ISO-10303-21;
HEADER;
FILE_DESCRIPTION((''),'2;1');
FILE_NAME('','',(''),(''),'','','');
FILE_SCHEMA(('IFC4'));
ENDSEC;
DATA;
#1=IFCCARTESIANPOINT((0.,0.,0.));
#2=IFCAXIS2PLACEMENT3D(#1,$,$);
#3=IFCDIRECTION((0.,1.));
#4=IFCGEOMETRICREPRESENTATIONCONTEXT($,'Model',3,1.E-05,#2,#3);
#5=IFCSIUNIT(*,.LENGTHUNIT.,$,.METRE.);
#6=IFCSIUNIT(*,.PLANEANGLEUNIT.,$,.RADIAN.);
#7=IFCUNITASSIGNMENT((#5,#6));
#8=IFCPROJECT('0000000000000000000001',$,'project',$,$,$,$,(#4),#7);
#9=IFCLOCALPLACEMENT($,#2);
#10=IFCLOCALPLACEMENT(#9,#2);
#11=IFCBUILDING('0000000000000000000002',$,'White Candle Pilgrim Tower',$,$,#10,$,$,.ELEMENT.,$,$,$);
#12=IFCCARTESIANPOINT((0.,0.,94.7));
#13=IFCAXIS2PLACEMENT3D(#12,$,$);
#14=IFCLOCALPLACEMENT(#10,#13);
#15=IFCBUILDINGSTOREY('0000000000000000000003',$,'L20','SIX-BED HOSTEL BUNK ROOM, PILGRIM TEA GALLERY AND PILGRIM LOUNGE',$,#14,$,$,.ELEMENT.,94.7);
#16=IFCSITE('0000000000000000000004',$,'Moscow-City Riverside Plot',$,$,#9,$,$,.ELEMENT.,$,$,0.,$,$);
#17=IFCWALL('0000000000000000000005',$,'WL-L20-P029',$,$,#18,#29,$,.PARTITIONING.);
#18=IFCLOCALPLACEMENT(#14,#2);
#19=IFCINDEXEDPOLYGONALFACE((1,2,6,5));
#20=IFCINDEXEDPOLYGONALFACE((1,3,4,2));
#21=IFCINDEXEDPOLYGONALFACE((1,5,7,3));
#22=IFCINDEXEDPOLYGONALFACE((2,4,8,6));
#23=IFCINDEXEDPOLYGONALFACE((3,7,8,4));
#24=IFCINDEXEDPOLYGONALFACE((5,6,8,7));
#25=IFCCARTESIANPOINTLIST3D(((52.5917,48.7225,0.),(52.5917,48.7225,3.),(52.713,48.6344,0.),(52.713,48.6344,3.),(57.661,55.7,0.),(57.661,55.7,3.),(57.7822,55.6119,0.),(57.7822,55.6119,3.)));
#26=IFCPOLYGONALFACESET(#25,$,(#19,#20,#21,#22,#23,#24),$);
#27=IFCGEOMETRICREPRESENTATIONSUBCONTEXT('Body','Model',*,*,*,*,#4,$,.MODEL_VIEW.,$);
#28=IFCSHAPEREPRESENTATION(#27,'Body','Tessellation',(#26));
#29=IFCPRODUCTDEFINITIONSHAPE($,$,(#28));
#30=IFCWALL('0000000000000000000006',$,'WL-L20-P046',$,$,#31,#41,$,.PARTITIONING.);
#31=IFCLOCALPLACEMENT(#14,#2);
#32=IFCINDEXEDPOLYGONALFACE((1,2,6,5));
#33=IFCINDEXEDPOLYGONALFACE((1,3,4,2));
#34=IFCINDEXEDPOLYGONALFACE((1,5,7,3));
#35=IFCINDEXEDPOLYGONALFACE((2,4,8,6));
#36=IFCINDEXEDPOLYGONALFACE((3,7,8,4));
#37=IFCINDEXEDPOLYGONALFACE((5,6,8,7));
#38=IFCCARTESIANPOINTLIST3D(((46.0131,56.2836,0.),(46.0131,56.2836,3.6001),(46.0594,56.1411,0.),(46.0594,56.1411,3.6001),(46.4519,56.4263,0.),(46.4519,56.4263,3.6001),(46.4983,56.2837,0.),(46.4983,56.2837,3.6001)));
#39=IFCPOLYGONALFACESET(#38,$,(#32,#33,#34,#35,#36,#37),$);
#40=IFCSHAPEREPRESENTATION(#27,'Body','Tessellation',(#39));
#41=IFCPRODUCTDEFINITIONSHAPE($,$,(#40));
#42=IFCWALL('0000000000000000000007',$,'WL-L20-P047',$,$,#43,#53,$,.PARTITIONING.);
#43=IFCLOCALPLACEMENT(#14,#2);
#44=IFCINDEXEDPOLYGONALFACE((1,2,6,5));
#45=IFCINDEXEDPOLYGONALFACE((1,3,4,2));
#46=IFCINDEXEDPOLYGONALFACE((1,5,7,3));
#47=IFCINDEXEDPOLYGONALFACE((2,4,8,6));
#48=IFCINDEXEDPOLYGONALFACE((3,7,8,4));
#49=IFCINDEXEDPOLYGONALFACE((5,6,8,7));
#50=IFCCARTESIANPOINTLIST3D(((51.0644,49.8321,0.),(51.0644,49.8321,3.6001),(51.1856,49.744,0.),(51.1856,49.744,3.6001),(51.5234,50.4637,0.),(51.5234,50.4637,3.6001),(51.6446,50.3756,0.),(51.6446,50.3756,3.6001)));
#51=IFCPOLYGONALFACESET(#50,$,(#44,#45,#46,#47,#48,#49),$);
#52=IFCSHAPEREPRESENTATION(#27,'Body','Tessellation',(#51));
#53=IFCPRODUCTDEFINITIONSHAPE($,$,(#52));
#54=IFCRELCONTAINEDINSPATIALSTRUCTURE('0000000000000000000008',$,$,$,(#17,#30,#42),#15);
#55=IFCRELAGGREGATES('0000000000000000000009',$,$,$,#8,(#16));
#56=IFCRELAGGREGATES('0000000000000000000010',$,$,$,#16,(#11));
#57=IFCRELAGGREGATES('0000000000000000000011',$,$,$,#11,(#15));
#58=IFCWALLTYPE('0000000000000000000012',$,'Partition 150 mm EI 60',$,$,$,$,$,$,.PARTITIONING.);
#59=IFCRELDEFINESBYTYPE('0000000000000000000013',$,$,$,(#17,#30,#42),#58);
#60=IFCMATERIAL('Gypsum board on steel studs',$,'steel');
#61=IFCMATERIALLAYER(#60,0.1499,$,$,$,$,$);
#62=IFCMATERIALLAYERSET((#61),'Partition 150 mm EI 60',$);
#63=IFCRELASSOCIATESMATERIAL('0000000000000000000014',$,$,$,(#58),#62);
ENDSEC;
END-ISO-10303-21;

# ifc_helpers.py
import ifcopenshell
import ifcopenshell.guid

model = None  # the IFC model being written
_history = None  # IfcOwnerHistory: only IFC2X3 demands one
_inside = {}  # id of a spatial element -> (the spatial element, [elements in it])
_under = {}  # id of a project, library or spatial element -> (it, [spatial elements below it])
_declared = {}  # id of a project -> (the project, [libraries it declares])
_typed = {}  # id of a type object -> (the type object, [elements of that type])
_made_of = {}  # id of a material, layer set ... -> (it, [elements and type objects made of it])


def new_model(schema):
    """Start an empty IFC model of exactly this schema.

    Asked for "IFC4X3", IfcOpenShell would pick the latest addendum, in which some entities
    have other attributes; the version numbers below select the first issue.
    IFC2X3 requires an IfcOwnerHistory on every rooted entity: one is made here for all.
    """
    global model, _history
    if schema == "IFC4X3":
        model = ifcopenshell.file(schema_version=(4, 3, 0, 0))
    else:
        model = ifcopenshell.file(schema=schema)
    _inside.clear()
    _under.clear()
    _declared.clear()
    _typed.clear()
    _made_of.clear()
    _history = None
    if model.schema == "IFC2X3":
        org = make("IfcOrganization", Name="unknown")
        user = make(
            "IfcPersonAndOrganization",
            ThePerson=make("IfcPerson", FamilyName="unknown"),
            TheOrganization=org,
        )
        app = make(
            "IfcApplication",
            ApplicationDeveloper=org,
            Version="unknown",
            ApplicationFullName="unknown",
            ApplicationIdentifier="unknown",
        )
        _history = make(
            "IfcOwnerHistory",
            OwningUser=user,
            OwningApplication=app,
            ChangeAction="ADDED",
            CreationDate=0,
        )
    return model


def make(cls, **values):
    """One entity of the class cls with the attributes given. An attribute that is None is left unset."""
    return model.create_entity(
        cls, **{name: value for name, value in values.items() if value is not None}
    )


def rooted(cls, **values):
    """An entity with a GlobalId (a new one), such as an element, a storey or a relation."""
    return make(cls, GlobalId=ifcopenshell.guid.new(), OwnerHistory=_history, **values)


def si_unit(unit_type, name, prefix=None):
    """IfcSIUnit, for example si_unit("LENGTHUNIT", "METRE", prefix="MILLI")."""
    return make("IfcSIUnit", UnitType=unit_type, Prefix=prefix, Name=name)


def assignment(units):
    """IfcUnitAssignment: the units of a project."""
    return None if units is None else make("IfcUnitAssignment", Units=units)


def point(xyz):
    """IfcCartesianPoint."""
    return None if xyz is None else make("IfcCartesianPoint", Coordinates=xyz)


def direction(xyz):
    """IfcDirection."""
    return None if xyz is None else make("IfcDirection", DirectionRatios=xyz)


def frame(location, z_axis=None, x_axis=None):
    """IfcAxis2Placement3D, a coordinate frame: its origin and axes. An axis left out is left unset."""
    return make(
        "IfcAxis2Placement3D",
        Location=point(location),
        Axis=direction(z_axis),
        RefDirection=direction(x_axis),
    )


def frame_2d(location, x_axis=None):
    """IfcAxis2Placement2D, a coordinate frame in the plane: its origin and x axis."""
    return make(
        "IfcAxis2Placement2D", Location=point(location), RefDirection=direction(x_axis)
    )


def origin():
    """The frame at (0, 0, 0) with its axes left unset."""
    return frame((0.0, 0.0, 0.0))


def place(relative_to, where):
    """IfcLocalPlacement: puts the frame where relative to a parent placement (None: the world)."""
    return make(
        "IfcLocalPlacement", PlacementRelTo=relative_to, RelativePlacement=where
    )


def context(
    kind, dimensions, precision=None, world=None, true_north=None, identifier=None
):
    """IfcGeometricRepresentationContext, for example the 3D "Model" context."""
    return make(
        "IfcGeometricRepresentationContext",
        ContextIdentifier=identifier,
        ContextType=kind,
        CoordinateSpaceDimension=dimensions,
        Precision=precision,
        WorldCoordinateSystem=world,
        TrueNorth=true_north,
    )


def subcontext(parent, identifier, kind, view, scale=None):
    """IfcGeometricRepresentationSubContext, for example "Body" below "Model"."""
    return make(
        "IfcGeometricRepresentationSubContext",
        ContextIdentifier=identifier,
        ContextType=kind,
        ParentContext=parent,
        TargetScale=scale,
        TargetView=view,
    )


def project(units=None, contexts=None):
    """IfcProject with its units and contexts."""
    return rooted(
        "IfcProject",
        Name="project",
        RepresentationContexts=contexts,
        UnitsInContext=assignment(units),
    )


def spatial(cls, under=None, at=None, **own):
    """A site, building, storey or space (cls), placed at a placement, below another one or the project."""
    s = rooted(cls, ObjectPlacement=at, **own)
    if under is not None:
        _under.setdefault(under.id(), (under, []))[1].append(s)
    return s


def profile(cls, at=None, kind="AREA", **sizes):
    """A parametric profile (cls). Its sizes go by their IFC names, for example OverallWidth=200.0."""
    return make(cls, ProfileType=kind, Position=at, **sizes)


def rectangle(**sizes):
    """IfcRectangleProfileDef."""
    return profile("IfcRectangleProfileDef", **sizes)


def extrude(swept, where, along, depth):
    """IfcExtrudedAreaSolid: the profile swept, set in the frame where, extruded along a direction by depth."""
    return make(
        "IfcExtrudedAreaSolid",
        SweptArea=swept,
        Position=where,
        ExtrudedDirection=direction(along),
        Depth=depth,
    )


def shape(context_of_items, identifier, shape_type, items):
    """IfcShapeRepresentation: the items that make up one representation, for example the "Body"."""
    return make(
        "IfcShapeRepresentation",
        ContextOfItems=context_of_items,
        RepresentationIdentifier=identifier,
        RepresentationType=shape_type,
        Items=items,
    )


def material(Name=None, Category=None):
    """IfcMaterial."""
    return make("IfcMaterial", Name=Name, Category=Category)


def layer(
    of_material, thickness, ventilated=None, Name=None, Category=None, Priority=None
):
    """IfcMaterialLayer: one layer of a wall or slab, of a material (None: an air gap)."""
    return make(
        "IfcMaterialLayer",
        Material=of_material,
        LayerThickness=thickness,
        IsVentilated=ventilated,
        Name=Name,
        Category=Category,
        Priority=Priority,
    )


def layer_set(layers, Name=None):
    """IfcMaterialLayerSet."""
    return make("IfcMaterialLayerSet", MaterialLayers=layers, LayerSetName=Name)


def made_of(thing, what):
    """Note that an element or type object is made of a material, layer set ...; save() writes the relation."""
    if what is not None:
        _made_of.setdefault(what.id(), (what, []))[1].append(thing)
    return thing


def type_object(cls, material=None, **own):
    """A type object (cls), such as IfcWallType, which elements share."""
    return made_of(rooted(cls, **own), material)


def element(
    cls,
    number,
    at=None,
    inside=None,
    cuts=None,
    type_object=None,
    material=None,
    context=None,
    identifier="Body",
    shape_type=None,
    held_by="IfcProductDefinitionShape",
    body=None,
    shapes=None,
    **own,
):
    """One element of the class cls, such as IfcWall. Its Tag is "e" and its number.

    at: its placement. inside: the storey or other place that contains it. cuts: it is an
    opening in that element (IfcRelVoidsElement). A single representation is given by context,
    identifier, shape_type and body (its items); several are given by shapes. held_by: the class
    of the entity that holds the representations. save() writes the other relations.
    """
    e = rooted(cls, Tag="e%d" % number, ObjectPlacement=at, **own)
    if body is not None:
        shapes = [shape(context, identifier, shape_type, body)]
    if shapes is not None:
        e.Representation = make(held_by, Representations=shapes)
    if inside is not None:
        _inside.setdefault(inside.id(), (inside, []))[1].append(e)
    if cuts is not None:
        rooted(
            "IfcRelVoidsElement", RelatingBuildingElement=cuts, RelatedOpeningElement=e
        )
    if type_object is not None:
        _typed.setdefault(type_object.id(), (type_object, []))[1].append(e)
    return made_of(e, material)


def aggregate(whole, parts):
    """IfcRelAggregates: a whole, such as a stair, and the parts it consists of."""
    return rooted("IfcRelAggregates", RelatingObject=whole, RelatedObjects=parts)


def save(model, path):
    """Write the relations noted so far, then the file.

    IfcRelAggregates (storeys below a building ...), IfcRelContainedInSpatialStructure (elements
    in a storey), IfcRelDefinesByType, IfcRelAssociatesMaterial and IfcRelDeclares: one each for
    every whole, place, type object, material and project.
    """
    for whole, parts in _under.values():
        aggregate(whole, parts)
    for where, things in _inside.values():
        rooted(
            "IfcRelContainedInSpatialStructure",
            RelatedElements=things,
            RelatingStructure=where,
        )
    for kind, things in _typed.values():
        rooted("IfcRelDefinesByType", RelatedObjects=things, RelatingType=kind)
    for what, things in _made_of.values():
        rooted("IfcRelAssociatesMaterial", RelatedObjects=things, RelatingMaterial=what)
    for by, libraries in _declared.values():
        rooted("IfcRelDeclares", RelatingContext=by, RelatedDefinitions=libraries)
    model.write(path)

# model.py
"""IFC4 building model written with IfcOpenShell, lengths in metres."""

from ifc_helpers import new_model, si_unit, direction, frame, frame_2d, origin, place, context, subcontext, project, spatial, rectangle, extrude, material, layer, layer_set, type_object, element, save


model = new_model("IFC4")

# Units and contexts
model_context = context("Model", 3, precision=1e-05, world=origin(), true_north=direction((0.0, 1.0)))
body_context = subcontext(model_context, "Body", "Model", "MODEL_VIEW")
ifc_project = project(units=[si_unit("LENGTHUNIT", "METRE"), si_unit("PLANEANGLEUNIT", "RADIAN")], contexts=[model_context])

# Site, building, storey
site_placement = place(None, origin())
site = spatial("IfcSite", under=ifc_project, at=site_placement, Name="Moscow-City Riverside Plot", CompositionType="ELEMENT", RefElevation=0.0)
building_placement = place(site_placement, origin())
building = spatial("IfcBuilding", under=site, at=building_placement, Name="White Candle Pilgrim Tower", CompositionType="ELEMENT")
storey_placement = place(building_placement, frame((0.0, 0.0, 94.7)))
storey = spatial("IfcBuildingStorey", under=building, at=storey_placement, Name="L20", Description="SIX-BED HOSTEL BUNK ROOM, PILGRIM TEA GALLERY AND PILGRIM LOUNGE", CompositionType="ELEMENT", Elevation=94.7)

# Shared definitions
ifc_material_1 = material(Name="Gypsum board on steel studs", Category="steel")

# Walls
ifc_layer_1 = layer(ifc_material_1, 0.1499)
ifc_layer_set_1 = layer_set([ifc_layer_1], Name="Partition 150 mm EI 60")
wall_type_1 = type_object("IfcWallType", Name="Partition 150 mm EI 60", PredefinedType="PARTITIONING", material=ifc_layer_set_1)
wall_1_placement = place(storey_placement, frame((52.6523, 48.6785, 0.0), z_axis=(0.0, 0.0, 1.0), x_axis=(0.587774, 0.809025, 0.0)))
element("IfcWall", 1, at=wall_1_placement, inside=storey, type_object=wall_type_1, Name="WL-L20-P029", PredefinedType="PARTITIONING", context=body_context, shape_type="SweptSolid", body=[
    extrude(rectangle(XDim=8.6245, YDim=0.1499, at=frame_2d((4.3123, 0.0))), origin(), (0.0, 0.0, 1.0), 3.0),
])
wall_2_placement = place(storey_placement, frame((46.4751, 56.355, 0.0), z_axis=(0.0, 0.0, 1.0), x_axis=(-0.951038, -0.309074, 0.0)))
element("IfcWall", 2, at=wall_2_placement, inside=storey, type_object=wall_type_1, Name="WL-L20-P046", PredefinedType="PARTITIONING", context=body_context, shape_type="SweptSolid", body=[
    extrude(rectangle(XDim=0.4614, YDim=0.1499, at=frame_2d((0.2307, 0.0))), origin(), (0.0, 0.0, 1.0), 3.6001),
])
wall_3_placement = place(storey_placement, frame((51.584, 50.4197, 0.0), z_axis=(0.0, 0.0, 1.0), x_axis=(-0.587874, -0.808952, 0.0)))
element("IfcWall", 3, at=wall_3_placement, inside=storey, type_object=wall_type_1, Name="WL-L20-P047", PredefinedType="PARTITIONING", context=body_context, shape_type="SweptSolid", body=[
    extrude(rectangle(XDim=0.7808, YDim=0.1499, at=frame_2d((0.3904, 0.0))), origin(), (0.0, 0.0, 1.0), 3.6001),
])

save(model, "model.ifc")
